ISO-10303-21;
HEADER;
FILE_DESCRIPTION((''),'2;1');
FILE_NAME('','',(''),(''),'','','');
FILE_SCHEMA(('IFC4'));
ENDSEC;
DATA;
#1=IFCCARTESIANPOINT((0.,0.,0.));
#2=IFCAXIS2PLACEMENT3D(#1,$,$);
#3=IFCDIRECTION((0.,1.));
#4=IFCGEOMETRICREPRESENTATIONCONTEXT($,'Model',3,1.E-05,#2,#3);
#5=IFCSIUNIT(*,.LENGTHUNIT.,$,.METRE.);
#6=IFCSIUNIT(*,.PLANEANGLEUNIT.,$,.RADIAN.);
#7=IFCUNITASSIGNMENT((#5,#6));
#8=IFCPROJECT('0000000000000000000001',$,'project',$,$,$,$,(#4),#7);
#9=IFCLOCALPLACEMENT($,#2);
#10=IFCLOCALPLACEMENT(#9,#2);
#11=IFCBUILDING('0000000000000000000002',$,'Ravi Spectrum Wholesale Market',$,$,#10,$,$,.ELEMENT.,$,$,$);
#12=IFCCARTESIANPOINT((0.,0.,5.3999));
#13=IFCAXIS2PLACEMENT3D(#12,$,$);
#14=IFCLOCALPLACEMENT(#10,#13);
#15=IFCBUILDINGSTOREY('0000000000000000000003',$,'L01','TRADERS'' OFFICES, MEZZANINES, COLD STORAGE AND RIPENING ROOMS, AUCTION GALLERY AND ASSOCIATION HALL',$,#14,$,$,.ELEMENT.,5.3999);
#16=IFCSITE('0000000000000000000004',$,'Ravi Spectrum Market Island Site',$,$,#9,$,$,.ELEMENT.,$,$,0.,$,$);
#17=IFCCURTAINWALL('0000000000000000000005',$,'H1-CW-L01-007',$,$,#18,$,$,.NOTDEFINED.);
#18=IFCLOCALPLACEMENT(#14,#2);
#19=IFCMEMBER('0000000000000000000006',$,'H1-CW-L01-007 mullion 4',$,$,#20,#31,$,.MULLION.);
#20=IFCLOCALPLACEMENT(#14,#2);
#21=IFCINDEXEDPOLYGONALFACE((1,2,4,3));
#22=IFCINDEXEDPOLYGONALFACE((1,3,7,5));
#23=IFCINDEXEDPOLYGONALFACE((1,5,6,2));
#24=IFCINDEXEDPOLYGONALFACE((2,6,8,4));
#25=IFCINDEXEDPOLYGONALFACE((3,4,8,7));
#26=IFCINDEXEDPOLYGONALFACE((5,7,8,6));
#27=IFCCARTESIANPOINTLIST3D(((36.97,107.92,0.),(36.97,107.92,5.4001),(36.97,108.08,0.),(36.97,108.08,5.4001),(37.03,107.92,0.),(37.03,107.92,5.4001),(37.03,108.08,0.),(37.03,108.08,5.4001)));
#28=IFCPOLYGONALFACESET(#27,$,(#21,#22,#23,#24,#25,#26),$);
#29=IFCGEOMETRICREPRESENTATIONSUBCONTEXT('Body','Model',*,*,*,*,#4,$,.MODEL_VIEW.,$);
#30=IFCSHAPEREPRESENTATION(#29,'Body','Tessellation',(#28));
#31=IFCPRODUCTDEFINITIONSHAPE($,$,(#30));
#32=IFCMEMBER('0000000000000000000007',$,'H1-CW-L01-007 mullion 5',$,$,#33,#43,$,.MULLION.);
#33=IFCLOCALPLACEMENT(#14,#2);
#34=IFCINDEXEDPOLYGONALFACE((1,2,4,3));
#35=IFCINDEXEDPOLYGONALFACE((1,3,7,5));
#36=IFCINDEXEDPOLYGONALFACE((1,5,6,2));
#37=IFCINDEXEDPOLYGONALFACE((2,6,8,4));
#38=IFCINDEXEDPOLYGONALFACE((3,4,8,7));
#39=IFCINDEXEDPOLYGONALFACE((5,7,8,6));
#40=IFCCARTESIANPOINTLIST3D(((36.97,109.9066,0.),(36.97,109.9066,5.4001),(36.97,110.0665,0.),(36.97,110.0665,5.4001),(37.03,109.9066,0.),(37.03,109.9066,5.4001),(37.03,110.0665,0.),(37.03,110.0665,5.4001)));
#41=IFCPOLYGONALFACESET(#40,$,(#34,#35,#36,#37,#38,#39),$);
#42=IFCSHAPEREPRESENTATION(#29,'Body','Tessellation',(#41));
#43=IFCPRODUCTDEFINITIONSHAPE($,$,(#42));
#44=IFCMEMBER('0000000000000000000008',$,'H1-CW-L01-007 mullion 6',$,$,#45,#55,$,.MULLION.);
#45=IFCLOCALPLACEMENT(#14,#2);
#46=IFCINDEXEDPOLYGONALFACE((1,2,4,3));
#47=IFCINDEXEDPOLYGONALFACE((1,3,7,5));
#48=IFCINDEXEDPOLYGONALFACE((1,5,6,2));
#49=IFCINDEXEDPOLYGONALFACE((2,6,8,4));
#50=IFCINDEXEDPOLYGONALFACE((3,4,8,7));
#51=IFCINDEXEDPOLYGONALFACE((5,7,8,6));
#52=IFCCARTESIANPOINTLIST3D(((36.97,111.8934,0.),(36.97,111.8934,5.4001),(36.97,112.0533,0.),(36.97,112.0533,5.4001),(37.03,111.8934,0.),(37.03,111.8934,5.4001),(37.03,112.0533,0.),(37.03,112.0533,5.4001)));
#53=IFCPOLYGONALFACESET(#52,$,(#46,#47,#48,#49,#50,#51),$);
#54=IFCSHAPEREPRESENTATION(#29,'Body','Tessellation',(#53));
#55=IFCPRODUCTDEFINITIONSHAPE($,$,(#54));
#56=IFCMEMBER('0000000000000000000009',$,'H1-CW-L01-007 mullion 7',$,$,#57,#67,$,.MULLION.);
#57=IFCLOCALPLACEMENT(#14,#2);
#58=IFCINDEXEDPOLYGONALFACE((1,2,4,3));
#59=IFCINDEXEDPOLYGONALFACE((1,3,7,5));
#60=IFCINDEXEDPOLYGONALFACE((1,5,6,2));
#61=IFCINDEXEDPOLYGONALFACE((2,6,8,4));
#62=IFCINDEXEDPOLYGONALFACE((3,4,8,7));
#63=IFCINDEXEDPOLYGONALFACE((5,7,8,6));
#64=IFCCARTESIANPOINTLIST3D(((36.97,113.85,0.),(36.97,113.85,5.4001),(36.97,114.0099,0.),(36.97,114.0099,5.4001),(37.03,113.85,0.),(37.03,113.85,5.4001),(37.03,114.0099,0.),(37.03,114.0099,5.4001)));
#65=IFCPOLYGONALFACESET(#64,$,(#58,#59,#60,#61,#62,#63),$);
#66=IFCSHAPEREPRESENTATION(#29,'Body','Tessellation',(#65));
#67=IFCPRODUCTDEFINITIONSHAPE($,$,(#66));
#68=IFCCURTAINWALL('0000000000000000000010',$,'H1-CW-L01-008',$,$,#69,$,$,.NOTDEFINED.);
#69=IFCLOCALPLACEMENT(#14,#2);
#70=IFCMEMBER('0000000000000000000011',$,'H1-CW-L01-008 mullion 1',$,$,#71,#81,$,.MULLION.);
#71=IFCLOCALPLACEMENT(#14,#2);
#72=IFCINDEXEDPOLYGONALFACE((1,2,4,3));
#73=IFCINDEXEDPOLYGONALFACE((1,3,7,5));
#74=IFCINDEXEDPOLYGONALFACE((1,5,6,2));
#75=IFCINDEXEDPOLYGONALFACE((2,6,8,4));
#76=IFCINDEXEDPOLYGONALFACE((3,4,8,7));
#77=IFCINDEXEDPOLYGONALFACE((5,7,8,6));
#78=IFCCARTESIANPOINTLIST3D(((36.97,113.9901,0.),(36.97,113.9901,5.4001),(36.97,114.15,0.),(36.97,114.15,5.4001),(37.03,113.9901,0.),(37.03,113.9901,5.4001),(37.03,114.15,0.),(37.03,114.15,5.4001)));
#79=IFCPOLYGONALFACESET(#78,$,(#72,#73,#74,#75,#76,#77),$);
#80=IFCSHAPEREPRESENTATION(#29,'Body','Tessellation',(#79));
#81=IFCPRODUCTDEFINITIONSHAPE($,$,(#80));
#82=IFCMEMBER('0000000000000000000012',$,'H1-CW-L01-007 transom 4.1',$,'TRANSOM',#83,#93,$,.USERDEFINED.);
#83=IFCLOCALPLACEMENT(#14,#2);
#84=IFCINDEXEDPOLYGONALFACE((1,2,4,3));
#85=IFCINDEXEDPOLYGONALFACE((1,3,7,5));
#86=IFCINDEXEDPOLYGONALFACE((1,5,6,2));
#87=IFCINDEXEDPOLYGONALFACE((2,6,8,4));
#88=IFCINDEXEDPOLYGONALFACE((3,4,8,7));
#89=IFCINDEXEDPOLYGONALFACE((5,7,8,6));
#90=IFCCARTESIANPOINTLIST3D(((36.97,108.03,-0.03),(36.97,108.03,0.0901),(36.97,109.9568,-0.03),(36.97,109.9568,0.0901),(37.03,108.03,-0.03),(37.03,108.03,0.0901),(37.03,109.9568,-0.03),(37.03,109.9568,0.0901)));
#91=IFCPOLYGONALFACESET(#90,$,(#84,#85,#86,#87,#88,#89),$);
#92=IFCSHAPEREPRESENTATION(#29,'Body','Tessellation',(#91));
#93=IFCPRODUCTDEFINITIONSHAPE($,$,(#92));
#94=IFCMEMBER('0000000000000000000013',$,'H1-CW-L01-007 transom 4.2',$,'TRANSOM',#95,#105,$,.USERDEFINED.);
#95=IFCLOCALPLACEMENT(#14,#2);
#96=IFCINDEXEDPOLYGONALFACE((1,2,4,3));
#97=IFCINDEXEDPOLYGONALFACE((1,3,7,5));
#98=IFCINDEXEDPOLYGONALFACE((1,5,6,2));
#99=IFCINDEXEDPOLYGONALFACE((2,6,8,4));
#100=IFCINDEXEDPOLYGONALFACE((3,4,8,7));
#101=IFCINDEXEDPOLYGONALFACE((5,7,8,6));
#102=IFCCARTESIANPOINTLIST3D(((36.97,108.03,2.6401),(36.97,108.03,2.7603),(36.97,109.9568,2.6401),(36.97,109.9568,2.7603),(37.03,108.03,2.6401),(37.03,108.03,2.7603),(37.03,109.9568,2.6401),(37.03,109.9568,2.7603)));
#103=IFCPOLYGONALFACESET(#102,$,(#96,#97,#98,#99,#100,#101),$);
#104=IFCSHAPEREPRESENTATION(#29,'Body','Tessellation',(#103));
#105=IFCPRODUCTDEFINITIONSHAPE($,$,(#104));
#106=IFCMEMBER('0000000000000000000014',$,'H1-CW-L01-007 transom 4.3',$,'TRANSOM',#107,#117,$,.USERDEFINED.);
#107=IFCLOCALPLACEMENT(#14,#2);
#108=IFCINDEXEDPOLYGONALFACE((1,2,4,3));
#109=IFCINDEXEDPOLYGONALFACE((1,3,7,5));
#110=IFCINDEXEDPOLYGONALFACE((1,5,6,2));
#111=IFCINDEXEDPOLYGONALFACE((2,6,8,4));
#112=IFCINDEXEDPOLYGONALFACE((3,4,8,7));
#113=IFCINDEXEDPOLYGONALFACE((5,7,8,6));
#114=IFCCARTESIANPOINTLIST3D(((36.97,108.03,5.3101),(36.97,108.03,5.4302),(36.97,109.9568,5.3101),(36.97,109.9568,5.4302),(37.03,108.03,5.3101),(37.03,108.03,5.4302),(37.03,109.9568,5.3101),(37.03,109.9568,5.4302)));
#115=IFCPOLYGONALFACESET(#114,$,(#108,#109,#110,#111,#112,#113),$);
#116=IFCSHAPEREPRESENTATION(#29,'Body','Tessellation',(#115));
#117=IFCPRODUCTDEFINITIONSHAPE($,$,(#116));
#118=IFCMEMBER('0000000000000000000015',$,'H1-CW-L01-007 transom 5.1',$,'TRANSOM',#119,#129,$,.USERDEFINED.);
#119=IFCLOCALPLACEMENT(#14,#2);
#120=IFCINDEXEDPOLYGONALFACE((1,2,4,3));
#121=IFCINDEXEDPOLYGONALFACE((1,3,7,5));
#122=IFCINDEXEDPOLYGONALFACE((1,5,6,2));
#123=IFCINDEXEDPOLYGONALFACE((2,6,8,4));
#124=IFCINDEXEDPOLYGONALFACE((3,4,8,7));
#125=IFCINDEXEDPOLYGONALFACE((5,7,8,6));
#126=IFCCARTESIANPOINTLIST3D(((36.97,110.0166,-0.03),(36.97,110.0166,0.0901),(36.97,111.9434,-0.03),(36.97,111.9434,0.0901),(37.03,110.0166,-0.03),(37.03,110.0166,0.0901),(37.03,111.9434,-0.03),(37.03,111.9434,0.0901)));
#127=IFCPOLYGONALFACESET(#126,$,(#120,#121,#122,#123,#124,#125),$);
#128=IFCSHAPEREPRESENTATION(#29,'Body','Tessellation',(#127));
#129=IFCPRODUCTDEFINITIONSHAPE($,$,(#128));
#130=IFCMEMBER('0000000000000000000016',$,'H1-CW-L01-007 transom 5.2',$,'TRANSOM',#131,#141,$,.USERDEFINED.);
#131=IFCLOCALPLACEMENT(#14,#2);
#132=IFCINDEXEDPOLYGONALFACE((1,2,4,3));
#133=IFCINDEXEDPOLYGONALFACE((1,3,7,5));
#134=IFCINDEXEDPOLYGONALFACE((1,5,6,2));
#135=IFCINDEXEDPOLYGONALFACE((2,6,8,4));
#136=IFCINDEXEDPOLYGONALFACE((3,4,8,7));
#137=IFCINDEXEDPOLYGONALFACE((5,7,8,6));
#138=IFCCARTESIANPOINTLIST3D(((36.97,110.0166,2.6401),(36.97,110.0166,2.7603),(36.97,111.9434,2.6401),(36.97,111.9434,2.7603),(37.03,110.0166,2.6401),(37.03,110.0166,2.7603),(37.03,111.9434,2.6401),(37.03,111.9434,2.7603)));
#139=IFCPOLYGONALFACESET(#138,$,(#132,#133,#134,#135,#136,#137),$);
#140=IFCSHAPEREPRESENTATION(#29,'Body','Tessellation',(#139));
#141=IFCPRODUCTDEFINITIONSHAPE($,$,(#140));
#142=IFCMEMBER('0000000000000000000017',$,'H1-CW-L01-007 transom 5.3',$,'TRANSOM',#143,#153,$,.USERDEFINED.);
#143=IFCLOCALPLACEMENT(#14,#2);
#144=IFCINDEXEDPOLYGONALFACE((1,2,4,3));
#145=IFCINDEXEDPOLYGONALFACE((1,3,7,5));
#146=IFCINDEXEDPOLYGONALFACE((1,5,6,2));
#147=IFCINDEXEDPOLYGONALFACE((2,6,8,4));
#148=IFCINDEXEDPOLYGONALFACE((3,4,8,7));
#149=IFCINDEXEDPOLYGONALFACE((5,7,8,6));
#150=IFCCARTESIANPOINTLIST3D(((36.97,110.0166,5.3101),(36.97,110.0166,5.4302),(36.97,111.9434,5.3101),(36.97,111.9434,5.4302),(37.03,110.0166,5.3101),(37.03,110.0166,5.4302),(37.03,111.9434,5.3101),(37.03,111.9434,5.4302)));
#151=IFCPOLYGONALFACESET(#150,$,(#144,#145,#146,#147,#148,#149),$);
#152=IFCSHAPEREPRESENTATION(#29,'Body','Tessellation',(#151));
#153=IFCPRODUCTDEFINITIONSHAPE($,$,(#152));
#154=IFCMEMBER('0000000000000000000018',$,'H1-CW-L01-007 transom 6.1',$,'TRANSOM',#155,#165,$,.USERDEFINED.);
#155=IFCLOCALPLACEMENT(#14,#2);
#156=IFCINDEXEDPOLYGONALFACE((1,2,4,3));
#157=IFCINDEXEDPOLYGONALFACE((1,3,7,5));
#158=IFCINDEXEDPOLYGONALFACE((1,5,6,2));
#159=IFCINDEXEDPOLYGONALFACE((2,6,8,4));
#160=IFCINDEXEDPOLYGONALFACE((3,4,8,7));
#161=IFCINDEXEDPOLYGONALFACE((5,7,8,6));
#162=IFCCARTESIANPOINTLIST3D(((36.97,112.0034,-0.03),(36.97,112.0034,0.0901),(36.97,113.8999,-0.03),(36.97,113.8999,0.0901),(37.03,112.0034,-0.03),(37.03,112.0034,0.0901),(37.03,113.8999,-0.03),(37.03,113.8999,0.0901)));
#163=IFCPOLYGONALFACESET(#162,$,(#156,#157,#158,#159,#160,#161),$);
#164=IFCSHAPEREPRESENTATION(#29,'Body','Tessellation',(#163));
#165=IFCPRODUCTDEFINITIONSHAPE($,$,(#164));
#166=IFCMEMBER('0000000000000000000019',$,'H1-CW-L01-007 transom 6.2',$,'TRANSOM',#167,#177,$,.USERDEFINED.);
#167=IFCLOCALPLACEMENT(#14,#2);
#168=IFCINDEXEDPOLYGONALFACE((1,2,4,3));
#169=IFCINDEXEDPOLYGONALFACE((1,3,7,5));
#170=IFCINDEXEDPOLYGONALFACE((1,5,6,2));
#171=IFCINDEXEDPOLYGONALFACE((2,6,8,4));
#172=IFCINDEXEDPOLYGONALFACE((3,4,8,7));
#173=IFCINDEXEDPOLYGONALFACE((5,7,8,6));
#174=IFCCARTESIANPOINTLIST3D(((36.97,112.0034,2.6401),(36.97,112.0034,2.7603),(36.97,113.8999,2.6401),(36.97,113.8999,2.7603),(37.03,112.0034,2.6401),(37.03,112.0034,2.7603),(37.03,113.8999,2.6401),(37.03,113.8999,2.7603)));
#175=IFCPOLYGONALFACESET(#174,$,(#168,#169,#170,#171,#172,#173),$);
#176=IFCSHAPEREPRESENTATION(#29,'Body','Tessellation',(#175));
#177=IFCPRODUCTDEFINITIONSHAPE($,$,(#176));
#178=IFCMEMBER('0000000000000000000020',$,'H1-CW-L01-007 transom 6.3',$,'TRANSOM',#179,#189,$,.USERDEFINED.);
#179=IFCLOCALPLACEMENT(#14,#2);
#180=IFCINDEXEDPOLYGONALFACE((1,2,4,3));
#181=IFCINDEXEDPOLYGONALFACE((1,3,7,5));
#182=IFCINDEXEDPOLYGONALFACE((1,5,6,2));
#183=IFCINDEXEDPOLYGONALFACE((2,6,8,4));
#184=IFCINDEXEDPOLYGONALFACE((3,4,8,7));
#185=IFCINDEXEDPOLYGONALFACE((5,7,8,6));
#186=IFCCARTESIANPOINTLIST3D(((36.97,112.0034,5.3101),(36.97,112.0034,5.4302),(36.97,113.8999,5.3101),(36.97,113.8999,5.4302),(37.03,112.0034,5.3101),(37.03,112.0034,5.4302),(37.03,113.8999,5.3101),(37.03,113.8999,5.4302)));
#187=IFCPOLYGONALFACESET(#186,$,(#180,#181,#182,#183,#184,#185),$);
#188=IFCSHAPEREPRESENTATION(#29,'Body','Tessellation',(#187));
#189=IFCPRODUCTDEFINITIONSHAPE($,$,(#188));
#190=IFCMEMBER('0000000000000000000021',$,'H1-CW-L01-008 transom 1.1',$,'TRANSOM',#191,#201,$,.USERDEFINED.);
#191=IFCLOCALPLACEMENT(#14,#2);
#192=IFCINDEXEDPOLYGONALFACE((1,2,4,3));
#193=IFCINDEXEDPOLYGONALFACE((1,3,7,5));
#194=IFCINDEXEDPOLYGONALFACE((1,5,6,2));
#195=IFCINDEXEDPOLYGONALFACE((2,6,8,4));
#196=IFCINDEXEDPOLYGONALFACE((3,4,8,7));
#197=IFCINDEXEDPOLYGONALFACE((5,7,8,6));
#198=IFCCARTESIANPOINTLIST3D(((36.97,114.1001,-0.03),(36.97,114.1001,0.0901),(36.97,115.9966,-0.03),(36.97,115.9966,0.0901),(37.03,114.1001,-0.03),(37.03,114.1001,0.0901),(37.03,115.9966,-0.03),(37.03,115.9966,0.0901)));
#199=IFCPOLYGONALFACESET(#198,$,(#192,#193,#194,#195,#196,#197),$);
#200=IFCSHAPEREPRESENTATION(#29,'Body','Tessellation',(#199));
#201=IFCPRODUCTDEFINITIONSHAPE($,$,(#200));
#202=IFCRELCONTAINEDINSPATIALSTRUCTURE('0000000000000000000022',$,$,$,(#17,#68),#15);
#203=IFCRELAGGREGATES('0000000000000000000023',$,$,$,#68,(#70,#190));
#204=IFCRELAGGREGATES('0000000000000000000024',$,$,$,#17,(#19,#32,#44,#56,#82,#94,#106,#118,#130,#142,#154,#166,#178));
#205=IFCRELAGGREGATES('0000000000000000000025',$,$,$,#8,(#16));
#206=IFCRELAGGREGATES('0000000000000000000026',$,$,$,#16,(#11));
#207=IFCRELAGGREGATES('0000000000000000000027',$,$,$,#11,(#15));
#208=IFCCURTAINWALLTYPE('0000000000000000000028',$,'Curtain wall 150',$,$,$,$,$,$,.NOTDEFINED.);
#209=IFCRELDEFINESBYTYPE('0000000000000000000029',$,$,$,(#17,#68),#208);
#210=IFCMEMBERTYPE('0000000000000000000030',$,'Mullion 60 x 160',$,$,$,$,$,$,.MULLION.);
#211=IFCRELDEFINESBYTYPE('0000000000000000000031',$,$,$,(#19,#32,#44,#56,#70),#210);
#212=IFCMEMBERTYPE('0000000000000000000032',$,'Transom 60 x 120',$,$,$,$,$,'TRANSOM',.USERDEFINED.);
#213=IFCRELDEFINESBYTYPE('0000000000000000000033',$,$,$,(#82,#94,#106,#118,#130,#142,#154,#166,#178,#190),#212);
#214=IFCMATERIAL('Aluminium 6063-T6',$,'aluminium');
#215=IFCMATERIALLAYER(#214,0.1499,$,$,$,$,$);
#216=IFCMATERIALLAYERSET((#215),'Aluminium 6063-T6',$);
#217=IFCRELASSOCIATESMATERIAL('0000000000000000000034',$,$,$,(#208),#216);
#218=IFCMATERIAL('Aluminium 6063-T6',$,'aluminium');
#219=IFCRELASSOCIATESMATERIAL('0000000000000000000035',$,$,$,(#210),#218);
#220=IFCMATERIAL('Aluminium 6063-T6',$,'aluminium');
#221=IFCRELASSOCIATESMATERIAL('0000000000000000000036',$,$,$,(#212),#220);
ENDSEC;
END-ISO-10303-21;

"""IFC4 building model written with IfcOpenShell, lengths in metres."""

from ifc_helpers import new_model, si_unit, direction, frame, origin, origin_2d, place, context, subcontext, project, spatial, rectangle, extrude, material, layer, layer_set, material_profile, profile_set, type_object, element, aggregate, save


model = new_model("IFC4")

# Units and contexts
model_context = context("Model", 3, precision=1e-05, world=origin(), true_north=direction((0.0, 1.0)))
body_context = subcontext(model_context, "Body", "Model", "MODEL_VIEW")
ifc_project = project(units=[si_unit("LENGTHUNIT", "METRE"), si_unit("PLANEANGLEUNIT", "RADIAN")], contexts=[model_context])

# Site, building, storey
site_placement = place(None, origin())
site = spatial("IfcSite", under=ifc_project, at=site_placement, Name="Ravi Spectrum Market Island Site", CompositionType="ELEMENT", RefElevation=0.0)
building_placement = place(site_placement, origin())
building = spatial("IfcBuilding", under=site, at=building_placement, Name="Ravi Spectrum Wholesale Market", CompositionType="ELEMENT")
storey_placement = place(building_placement, frame((0.0, 0.0, 5.3999)))
storey = spatial("IfcBuildingStorey", under=building, at=storey_placement, Name="L01", Description="TRADERS' OFFICES, MEZZANINES, COLD STORAGE AND RIPENING ROOMS, AUCTION GALLERY AND ASSOCIATION HALL", CompositionType="ELEMENT", Elevation=5.3999)

# Curtain wall, members
ifc_material_1 = material(Name="Aluminium 6063-T6", Category="aluminium")
ifc_layer_1 = layer(ifc_material_1, 0.1499)
ifc_layer_set_1 = layer_set([ifc_layer_1], Name="Aluminium 6063-T6")
curtain_wall_type = type_object("IfcCurtainWallType", Name="Curtain wall 150", PredefinedType="NOTDEFINED", material=ifc_layer_set_1)
curtain_wall_1_placement = place(storey_placement, origin())
curtain_wall_1 = element("IfcCurtainWall", 1, at=curtain_wall_1_placement, inside=storey, type_object=curtain_wall_type, Name="H1-CW-L01-007", PredefinedType="NOTDEFINED")
ifc_material_2 = material(Name="Aluminium 6063-T6", Category="aluminium")
ifc_material_profile_1 = material_profile(ifc_material_2, rectangle(XDim=0.0601, YDim=0.1599, at=origin_2d()))
ifc_profile_set_1 = profile_set([ifc_material_profile_1], Name="Aluminium 6063-T6")
member_type_1 = type_object("IfcMemberType", Name="Mullion 60 x 160", PredefinedType="MULLION", material=ifc_profile_set_1)
member_1_placement = place(storey_placement, frame((37.0, 108.0, 0.0), z_axis=(0.0, 0.0, 1.0), x_axis=(-1.0, 0.0, 0.0)))
member_1 = element("IfcMember", 2, at=member_1_placement, type_object=member_type_1, Name="H1-CW-L01-007 mullion 4", PredefinedType="MULLION", context=body_context, shape_type="SweptSolid", body=[
    extrude(rectangle(XDim=0.0601, YDim=0.1599, at=origin_2d()), origin(), (0.0, 0.0, 1.0), 5.4001),
])
member_2_placement = place(storey_placement, frame((37.0, 109.9866, 0.0), z_axis=(0.0, 0.0, 1.0), x_axis=(-1.0, 0.0, 0.0)))
member_2 = element("IfcMember", 3, at=member_2_placement, type_object=member_type_1, Name="H1-CW-L01-007 mullion 5", PredefinedType="MULLION", context=body_context, shape_type="SweptSolid", body=[
    extrude(rectangle(XDim=0.0601, YDim=0.1599, at=origin_2d()), origin(), (0.0, 0.0, 1.0), 5.4001),
])
member_3_placement = place(storey_placement, frame((37.0, 111.9734, 0.0), z_axis=(0.0, 0.0, 1.0), x_axis=(-1.0, 0.0, 0.0)))
member_3 = element("IfcMember", 4, at=member_3_placement, type_object=member_type_1, Name="H1-CW-L01-007 mullion 6", PredefinedType="MULLION", context=body_context, shape_type="SweptSolid", body=[
    extrude(rectangle(XDim=0.0601, YDim=0.1599, at=origin_2d()), origin(), (0.0, 0.0, 1.0), 5.4001),
])
member_4_placement = place(storey_placement, frame((37.0, 113.9299, 0.0), z_axis=(0.0, 0.0, 1.0), x_axis=(-1.0, 0.0, 0.0)))
member_4 = element("IfcMember", 5, at=member_4_placement, type_object=member_type_1, Name="H1-CW-L01-007 mullion 7", PredefinedType="MULLION", context=body_context, shape_type="SweptSolid", body=[
    extrude(rectangle(XDim=0.0601, YDim=0.1599, at=origin_2d()), origin(), (0.0, 0.0, 1.0), 5.4001),
])

# Curtain wall, member
curtain_wall_2_placement = place(storey_placement, origin())
curtain_wall_2 = element("IfcCurtainWall", 6, at=curtain_wall_2_placement, inside=storey, type_object=curtain_wall_type, Name="H1-CW-L01-008", PredefinedType="NOTDEFINED")
member_5_placement = place(storey_placement, frame((37.0, 114.0701, 0.0), z_axis=(0.0, 0.0, 1.0), x_axis=(-1.0, 0.0, 0.0)))
member_5 = element("IfcMember", 7, at=member_5_placement, type_object=member_type_1, Name="H1-CW-L01-008 mullion 1", PredefinedType="MULLION", context=body_context, shape_type="SweptSolid", body=[
    extrude(rectangle(XDim=0.0601, YDim=0.1599, at=origin_2d()), origin(), (0.0, 0.0, 1.0), 5.4001),
])

# Members
ifc_material_3 = material(Name="Aluminium 6063-T6", Category="aluminium")
ifc_material_profile_2 = material_profile(ifc_material_3, rectangle(XDim=0.0601, YDim=0.1201, at=origin_2d()))
ifc_profile_set_2 = profile_set([ifc_material_profile_2], Name="Aluminium 6063-T6")
member_type_2 = type_object("IfcMemberType", Name="Transom 60 x 120", ElementType="TRANSOM", PredefinedType="USERDEFINED", material=ifc_profile_set_2)
member_6_placement = place(storey_placement, frame((37.0, 108.03, 0.03), z_axis=(0.0, 1.0, 0.0), x_axis=(-1.0, 0.0, 0.0)))
member_6 = element("IfcMember", 8, at=member_6_placement, type_object=member_type_2, Name="H1-CW-L01-007 transom 4.1", ObjectType="TRANSOM", PredefinedType="USERDEFINED", context=body_context, shape_type="SweptSolid", body=[
    extrude(rectangle(XDim=0.0601, YDim=0.1201, at=origin_2d()), origin(), (0.0, 0.0, 1.0), 1.9268),
])
member_7_placement = place(storey_placement, frame((37.0, 108.03, 2.7002), z_axis=(0.0, 1.0, 0.0), x_axis=(-1.0, 0.0, 0.0)))
member_7 = element("IfcMember", 9, at=member_7_placement, type_object=member_type_2, Name="H1-CW-L01-007 transom 4.2", ObjectType="TRANSOM", PredefinedType="USERDEFINED", context=body_context, shape_type="SweptSolid", body=[
    extrude(rectangle(XDim=0.0601, YDim=0.1201, at=origin_2d()), origin(), (0.0, 0.0, 1.0), 1.9268),
])
member_8_placement = place(storey_placement, frame((37.0, 108.03, 5.3701), z_axis=(0.0, 1.0, 0.0), x_axis=(-1.0, 0.0, 0.0)))
member_8 = element("IfcMember", 10, at=member_8_placement, type_object=member_type_2, Name="H1-CW-L01-007 transom 4.3", ObjectType="TRANSOM", PredefinedType="USERDEFINED", context=body_context, shape_type="SweptSolid", body=[
    extrude(rectangle(XDim=0.0601, YDim=0.1201, at=origin_2d()), origin(), (0.0, 0.0, 1.0), 1.9268),
])
member_9_placement = place(storey_placement, frame((37.0, 110.0166, 0.03), z_axis=(0.0, 1.0, 0.0), x_axis=(-1.0, 0.0, 0.0)))
member_9 = element("IfcMember", 11, at=member_9_placement, type_object=member_type_2, Name="H1-CW-L01-007 transom 5.1", ObjectType="TRANSOM", PredefinedType="USERDEFINED", context=body_context, shape_type="SweptSolid", body=[
    extrude(rectangle(XDim=0.0601, YDim=0.1201, at=origin_2d()), origin(), (0.0, 0.0, 1.0), 1.9268),
])
member_10_placement = place(storey_placement, frame((37.0, 110.0166, 2.7002), z_axis=(0.0, 1.0, 0.0), x_axis=(-1.0, 0.0, 0.0)))
member_10 = element("IfcMember", 12, at=member_10_placement, type_object=member_type_2, Name="H1-CW-L01-007 transom 5.2", ObjectType="TRANSOM", PredefinedType="USERDEFINED", context=body_context, shape_type="SweptSolid", body=[
    extrude(rectangle(XDim=0.0601, YDim=0.1201, at=origin_2d()), origin(), (0.0, 0.0, 1.0), 1.9268),
])
member_11_placement = place(storey_placement, frame((37.0, 110.0166, 5.3701), z_axis=(0.0, 1.0, 0.0), x_axis=(-1.0, 0.0, 0.0)))
member_11 = element("IfcMember", 13, at=member_11_placement, type_object=member_type_2, Name="H1-CW-L01-007 transom 5.3", ObjectType="TRANSOM", PredefinedType="USERDEFINED", context=body_context, shape_type="SweptSolid", body=[
    extrude(rectangle(XDim=0.0601, YDim=0.1201, at=origin_2d()), origin(), (0.0, 0.0, 1.0), 1.9268),
])
member_12_placement = place(storey_placement, frame((37.0, 112.0034, 0.03), z_axis=(0.0, 1.0, 0.0), x_axis=(-1.0, 0.0, 0.0)))
member_12 = element("IfcMember", 14, at=member_12_placement, type_object=member_type_2, Name="H1-CW-L01-007 transom 6.1", ObjectType="TRANSOM", PredefinedType="USERDEFINED", context=body_context, shape_type="SweptSolid", body=[
    extrude(rectangle(XDim=0.0601, YDim=0.1201, at=origin_2d()), origin(), (0.0, 0.0, 1.0), 1.8965),
])
member_13_placement = place(storey_placement, frame((37.0, 112.0034, 2.7002), z_axis=(0.0, 1.0, 0.0), x_axis=(-1.0, 0.0, 0.0)))
member_13 = element("IfcMember", 15, at=member_13_placement, type_object=member_type_2, Name="H1-CW-L01-007 transom 6.2", ObjectType="TRANSOM", PredefinedType="USERDEFINED", context=body_context, shape_type="SweptSolid", body=[
    extrude(rectangle(XDim=0.0601, YDim=0.1201, at=origin_2d()), origin(), (0.0, 0.0, 1.0), 1.8965),
])
member_14_placement = place(storey_placement, frame((37.0, 112.0034, 5.3701), z_axis=(0.0, 1.0, 0.0), x_axis=(-1.0, 0.0, 0.0)))
member_14 = element("IfcMember", 16, at=member_14_placement, type_object=member_type_2, Name="H1-CW-L01-007 transom 6.3", ObjectType="TRANSOM", PredefinedType="USERDEFINED", context=body_context, shape_type="SweptSolid", body=[
    extrude(rectangle(XDim=0.0601, YDim=0.1201, at=origin_2d()), origin(), (0.0, 0.0, 1.0), 1.8965),
])
member_15_placement = place(storey_placement, frame((37.0, 114.1001, 0.03), z_axis=(0.0, 1.0, 0.0), x_axis=(-1.0, 0.0, 0.0)))
member_15 = element("IfcMember", 17, at=member_15_placement, type_object=member_type_2, Name="H1-CW-L01-008 transom 1.1", ObjectType="TRANSOM", PredefinedType="USERDEFINED", context=body_context, shape_type="SweptSolid", body=[
    extrude(rectangle(XDim=0.0601, YDim=0.1201, at=origin_2d()), origin(), (0.0, 0.0, 1.0), 1.8965),
])
aggregate(curtain_wall_2, [member_5, member_15])

aggregate(curtain_wall_1, [member_1, member_2, member_3, member_4, member_6, member_7, member_8, member_9, member_10, member_11, member_12, member_13, member_14])

save(model, "model.ifc")
